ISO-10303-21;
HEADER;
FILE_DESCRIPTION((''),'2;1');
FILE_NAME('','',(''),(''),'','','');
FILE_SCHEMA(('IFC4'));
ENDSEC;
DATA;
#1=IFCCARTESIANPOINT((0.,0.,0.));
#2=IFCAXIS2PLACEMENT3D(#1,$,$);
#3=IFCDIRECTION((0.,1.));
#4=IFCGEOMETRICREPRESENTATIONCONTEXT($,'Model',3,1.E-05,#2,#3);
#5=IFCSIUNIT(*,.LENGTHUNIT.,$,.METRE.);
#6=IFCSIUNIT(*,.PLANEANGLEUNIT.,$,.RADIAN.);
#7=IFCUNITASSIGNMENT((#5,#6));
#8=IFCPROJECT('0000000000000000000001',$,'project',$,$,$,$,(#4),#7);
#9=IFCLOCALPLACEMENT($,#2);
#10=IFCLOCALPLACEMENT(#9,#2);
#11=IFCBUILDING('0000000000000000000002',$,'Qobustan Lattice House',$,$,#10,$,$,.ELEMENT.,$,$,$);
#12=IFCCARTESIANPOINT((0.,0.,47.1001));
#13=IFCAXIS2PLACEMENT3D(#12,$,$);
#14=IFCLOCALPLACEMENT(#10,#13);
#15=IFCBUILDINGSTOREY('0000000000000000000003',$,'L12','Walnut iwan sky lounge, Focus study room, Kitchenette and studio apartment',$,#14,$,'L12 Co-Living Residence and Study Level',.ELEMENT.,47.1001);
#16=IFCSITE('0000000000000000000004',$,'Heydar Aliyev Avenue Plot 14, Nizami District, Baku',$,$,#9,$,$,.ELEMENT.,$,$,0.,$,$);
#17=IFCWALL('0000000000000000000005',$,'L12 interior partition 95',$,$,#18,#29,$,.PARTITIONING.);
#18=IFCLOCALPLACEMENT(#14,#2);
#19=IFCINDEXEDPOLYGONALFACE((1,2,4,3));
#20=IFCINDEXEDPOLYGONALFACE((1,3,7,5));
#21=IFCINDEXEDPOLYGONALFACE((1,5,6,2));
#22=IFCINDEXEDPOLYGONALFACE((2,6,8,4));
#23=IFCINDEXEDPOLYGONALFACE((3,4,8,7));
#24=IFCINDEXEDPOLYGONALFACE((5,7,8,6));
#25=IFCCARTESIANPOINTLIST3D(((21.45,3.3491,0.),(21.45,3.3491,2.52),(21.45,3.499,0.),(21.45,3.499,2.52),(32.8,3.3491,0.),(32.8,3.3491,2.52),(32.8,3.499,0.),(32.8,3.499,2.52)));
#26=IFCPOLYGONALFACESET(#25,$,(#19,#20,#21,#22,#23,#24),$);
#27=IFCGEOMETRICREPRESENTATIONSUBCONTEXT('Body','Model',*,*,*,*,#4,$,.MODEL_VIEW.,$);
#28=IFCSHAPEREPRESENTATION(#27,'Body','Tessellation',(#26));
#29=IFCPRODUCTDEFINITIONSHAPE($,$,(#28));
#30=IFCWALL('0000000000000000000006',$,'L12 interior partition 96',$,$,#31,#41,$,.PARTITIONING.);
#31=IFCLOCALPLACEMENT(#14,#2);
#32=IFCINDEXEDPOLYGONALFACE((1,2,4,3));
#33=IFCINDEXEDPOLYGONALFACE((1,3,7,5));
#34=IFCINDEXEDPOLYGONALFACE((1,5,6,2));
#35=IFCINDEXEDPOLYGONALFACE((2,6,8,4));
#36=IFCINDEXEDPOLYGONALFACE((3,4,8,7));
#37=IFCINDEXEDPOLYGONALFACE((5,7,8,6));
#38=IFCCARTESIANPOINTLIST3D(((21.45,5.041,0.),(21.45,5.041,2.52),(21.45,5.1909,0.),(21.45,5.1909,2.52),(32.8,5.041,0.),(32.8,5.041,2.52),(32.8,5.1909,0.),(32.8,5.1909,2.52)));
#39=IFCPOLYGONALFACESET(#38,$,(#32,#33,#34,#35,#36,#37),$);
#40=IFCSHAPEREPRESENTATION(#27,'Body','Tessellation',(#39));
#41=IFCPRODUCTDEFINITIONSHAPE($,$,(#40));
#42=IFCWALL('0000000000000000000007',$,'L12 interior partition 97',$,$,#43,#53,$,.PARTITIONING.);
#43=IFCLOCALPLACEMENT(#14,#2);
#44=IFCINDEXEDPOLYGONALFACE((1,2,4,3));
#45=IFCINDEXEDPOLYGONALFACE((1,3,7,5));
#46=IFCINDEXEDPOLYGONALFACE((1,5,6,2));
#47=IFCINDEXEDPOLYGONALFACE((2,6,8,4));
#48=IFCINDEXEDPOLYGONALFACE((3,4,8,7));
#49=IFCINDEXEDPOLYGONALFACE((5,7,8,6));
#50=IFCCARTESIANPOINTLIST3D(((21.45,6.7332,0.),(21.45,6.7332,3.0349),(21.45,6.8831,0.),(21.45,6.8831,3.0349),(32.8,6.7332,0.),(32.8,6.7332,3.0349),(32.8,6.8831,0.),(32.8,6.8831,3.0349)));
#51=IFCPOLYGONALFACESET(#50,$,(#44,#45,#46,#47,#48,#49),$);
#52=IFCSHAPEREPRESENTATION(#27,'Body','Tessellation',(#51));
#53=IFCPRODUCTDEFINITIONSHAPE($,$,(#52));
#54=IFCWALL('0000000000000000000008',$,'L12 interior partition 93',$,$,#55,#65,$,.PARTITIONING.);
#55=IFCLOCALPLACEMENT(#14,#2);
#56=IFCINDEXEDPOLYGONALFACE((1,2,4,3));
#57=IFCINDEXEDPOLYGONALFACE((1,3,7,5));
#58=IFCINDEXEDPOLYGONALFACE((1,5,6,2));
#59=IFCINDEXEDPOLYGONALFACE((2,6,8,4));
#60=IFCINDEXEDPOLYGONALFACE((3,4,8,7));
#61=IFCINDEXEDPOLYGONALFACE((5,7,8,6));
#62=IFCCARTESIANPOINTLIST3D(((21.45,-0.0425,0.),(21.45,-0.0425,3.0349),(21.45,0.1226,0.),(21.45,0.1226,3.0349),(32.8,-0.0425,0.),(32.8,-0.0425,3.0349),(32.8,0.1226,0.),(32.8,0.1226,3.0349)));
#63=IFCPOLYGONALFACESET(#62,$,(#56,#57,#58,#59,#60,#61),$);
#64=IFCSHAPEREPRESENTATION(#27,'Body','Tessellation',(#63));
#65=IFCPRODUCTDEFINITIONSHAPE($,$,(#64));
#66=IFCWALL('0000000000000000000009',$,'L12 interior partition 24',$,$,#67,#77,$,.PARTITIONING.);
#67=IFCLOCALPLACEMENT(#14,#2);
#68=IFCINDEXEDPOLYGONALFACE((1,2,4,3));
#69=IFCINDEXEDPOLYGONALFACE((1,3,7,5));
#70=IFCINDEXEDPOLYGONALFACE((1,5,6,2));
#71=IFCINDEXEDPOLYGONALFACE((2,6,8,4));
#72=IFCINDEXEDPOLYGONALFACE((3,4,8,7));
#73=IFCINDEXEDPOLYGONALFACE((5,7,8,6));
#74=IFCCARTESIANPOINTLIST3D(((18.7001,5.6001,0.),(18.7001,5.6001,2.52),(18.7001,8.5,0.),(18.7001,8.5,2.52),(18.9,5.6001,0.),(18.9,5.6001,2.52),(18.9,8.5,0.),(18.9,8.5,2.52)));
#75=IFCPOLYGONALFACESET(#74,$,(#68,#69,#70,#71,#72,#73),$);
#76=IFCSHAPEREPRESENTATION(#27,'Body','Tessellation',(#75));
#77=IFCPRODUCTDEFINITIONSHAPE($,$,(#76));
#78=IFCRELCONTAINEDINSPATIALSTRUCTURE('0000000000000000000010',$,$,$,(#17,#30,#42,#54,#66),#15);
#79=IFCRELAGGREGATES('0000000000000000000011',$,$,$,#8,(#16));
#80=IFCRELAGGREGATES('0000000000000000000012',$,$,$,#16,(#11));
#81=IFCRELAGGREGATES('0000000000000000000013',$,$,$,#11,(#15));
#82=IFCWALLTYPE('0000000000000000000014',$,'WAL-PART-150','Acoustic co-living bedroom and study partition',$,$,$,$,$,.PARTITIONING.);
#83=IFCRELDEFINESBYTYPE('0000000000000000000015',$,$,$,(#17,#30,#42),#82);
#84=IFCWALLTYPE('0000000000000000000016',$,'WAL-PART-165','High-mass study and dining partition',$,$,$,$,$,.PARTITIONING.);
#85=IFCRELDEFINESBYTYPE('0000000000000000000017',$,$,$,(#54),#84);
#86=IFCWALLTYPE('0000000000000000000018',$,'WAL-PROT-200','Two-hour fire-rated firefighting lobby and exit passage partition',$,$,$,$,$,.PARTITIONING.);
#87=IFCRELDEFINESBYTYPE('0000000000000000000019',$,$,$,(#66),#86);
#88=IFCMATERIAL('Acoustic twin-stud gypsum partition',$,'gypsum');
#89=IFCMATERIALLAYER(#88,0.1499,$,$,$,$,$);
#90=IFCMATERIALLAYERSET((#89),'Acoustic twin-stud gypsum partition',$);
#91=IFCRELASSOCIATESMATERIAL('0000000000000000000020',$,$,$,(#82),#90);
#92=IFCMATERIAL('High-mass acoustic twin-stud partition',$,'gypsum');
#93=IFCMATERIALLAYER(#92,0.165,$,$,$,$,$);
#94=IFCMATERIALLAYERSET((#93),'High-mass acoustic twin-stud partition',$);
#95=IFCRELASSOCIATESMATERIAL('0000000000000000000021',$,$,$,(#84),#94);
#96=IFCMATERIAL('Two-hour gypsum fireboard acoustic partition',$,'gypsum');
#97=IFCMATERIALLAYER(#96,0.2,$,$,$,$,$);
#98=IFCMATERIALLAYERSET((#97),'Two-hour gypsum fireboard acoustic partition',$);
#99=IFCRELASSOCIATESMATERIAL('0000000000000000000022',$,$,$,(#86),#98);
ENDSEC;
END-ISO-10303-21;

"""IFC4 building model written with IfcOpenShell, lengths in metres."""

from ifc_helpers import new_model, si_unit, direction, frame, frame_2d, origin, place, context, subcontext, project, spatial, rectangle, extrude, material, layer, layer_set, type_object, element, save


model = new_model("IFC4")

# Units and contexts
model_context = context("Model", 3, precision=1e-05, world=origin(), true_north=direction((0.0, 1.0)))
body_context = subcontext(model_context, "Body", "Model", "MODEL_VIEW")
ifc_project = project(units=[si_unit("LENGTHUNIT", "METRE"), si_unit("PLANEANGLEUNIT", "RADIAN")], contexts=[model_context])

# Site, building, storey
site_placement = place(None, origin())
site = spatial("IfcSite", under=ifc_project, at=site_placement, Name="Heydar Aliyev Avenue Plot 14, Nizami District, Baku", CompositionType="ELEMENT", RefElevation=0.0)
building_placement = place(site_placement, origin())
building = spatial("IfcBuilding", under=site, at=building_placement, Name="Qobustan Lattice House", CompositionType="ELEMENT")
storey_placement = place(building_placement, frame((0.0, 0.0, 47.1001)))
storey = spatial("IfcBuildingStorey", under=building, at=storey_placement, Name="L12", Description="Walnut iwan sky lounge, Focus study room, Kitchenette and studio apartment", LongName="L12 Co-Living Residence and Study Level", CompositionType="ELEMENT", Elevation=47.1001)

# Shared definitions
ifc_material_1 = material(Name="Acoustic twin-stud gypsum partition", Category="gypsum")
ifc_layer_1 = layer(ifc_material_1, 0.1499)
ifc_layer_set_1 = layer_set([ifc_layer_1], Name="Acoustic twin-stud gypsum partition")
wall_type_1 = type_object("IfcWallType", Name="WAL-PART-150", Description="Acoustic co-living bedroom and study partition", PredefinedType="PARTITIONING", material=ifc_layer_set_1)

# Walls
for number, where, z_axis, x_axis, name in (
    (1, (21.45, 3.4241, 0.0), (0.0, 0.0, 1.0), (1.0, 0.0, 0.0), "L12 interior partition 95"),
    (2, (21.45, 5.116, 0.0), (0.0, 0.0, 1.0), (1.0, 0.0, 0.0), "L12 interior partition 96"),
):
    element("IfcWall", number, at=place(storey_placement, frame(where, z_axis=z_axis, x_axis=x_axis)), inside=storey, type_object=wall_type_1, Name=name, PredefinedType="PARTITIONING", context=body_context, shape_type="SweptSolid", body=[
        extrude(rectangle(XDim=11.3501, YDim=0.1499, at=frame_2d((5.675, 0.0))), origin(), (0.0, 0.0, 1.0), 2.52),
    ])
wall_1_placement = place(storey_placement, frame((21.45, 6.8081, 0.0), z_axis=(0.0, 0.0, 1.0), x_axis=(1.0, 0.0, 0.0)))
element("IfcWall", 3, at=wall_1_placement, inside=storey, type_object=wall_type_1, Name="L12 interior partition 97", PredefinedType="PARTITIONING", context=body_context, shape_type="SweptSolid", body=[
    extrude(rectangle(XDim=11.3501, YDim=0.1499, at=frame_2d((5.675, 0.0))), origin(), (0.0, 0.0, 1.0), 3.0349),
])
ifc_material_2 = material(Name="High-mass acoustic twin-stud partition", Category="gypsum")
ifc_layer_2 = layer(ifc_material_2, 0.165)
ifc_layer_set_2 = layer_set([ifc_layer_2], Name="High-mass acoustic twin-stud partition")
wall_type_2 = type_object("IfcWallType", Name="WAL-PART-165", Description="High-mass study and dining partition", PredefinedType="PARTITIONING", material=ifc_layer_set_2)
wall_2_placement = place(storey_placement, frame((21.45, 0.04, 0.0), z_axis=(0.0, 0.0, 1.0), x_axis=(1.0, 0.0, 0.0)))
element("IfcWall", 4, at=wall_2_placement, inside=storey, type_object=wall_type_2, Name="L12 interior partition 93", PredefinedType="PARTITIONING", context=body_context, shape_type="SweptSolid", body=[
    extrude(rectangle(XDim=11.3501, YDim=0.165, at=frame_2d((5.675, 0.0))), origin(), (0.0, 0.0, 1.0), 3.0349),
])

# Shared definitions
ifc_material_3 = material(Name="Two-hour gypsum fireboard acoustic partition", Category="gypsum")
ifc_layer_3 = layer(ifc_material_3, 0.2)
ifc_layer_set_3 = layer_set([ifc_layer_3], Name="Two-hour gypsum fireboard acoustic partition")
wall_type_3 = type_object("IfcWallType", Name="WAL-PROT-200", Description="Two-hour fire-rated firefighting lobby and exit passage partition", PredefinedType="PARTITIONING", material=ifc_layer_set_3)

# Wall
wall_3_placement = place(storey_placement, frame((18.8, 5.6001, 0.0), z_axis=(0.0, 0.0, 1.0), x_axis=(0.0, 1.0, 0.0)))
element("IfcWall", 5, at=wall_3_placement, inside=storey, type_object=wall_type_3, Name="L12 interior partition 24", PredefinedType="PARTITIONING", context=body_context, shape_type="SweptSolid", body=[
    extrude(rectangle(XDim=2.8999, YDim=0.2, at=frame_2d((1.45, 0.0))), origin(), (0.0, 0.0, 1.0), 2.52),
])

save(model, "model.ifc")
